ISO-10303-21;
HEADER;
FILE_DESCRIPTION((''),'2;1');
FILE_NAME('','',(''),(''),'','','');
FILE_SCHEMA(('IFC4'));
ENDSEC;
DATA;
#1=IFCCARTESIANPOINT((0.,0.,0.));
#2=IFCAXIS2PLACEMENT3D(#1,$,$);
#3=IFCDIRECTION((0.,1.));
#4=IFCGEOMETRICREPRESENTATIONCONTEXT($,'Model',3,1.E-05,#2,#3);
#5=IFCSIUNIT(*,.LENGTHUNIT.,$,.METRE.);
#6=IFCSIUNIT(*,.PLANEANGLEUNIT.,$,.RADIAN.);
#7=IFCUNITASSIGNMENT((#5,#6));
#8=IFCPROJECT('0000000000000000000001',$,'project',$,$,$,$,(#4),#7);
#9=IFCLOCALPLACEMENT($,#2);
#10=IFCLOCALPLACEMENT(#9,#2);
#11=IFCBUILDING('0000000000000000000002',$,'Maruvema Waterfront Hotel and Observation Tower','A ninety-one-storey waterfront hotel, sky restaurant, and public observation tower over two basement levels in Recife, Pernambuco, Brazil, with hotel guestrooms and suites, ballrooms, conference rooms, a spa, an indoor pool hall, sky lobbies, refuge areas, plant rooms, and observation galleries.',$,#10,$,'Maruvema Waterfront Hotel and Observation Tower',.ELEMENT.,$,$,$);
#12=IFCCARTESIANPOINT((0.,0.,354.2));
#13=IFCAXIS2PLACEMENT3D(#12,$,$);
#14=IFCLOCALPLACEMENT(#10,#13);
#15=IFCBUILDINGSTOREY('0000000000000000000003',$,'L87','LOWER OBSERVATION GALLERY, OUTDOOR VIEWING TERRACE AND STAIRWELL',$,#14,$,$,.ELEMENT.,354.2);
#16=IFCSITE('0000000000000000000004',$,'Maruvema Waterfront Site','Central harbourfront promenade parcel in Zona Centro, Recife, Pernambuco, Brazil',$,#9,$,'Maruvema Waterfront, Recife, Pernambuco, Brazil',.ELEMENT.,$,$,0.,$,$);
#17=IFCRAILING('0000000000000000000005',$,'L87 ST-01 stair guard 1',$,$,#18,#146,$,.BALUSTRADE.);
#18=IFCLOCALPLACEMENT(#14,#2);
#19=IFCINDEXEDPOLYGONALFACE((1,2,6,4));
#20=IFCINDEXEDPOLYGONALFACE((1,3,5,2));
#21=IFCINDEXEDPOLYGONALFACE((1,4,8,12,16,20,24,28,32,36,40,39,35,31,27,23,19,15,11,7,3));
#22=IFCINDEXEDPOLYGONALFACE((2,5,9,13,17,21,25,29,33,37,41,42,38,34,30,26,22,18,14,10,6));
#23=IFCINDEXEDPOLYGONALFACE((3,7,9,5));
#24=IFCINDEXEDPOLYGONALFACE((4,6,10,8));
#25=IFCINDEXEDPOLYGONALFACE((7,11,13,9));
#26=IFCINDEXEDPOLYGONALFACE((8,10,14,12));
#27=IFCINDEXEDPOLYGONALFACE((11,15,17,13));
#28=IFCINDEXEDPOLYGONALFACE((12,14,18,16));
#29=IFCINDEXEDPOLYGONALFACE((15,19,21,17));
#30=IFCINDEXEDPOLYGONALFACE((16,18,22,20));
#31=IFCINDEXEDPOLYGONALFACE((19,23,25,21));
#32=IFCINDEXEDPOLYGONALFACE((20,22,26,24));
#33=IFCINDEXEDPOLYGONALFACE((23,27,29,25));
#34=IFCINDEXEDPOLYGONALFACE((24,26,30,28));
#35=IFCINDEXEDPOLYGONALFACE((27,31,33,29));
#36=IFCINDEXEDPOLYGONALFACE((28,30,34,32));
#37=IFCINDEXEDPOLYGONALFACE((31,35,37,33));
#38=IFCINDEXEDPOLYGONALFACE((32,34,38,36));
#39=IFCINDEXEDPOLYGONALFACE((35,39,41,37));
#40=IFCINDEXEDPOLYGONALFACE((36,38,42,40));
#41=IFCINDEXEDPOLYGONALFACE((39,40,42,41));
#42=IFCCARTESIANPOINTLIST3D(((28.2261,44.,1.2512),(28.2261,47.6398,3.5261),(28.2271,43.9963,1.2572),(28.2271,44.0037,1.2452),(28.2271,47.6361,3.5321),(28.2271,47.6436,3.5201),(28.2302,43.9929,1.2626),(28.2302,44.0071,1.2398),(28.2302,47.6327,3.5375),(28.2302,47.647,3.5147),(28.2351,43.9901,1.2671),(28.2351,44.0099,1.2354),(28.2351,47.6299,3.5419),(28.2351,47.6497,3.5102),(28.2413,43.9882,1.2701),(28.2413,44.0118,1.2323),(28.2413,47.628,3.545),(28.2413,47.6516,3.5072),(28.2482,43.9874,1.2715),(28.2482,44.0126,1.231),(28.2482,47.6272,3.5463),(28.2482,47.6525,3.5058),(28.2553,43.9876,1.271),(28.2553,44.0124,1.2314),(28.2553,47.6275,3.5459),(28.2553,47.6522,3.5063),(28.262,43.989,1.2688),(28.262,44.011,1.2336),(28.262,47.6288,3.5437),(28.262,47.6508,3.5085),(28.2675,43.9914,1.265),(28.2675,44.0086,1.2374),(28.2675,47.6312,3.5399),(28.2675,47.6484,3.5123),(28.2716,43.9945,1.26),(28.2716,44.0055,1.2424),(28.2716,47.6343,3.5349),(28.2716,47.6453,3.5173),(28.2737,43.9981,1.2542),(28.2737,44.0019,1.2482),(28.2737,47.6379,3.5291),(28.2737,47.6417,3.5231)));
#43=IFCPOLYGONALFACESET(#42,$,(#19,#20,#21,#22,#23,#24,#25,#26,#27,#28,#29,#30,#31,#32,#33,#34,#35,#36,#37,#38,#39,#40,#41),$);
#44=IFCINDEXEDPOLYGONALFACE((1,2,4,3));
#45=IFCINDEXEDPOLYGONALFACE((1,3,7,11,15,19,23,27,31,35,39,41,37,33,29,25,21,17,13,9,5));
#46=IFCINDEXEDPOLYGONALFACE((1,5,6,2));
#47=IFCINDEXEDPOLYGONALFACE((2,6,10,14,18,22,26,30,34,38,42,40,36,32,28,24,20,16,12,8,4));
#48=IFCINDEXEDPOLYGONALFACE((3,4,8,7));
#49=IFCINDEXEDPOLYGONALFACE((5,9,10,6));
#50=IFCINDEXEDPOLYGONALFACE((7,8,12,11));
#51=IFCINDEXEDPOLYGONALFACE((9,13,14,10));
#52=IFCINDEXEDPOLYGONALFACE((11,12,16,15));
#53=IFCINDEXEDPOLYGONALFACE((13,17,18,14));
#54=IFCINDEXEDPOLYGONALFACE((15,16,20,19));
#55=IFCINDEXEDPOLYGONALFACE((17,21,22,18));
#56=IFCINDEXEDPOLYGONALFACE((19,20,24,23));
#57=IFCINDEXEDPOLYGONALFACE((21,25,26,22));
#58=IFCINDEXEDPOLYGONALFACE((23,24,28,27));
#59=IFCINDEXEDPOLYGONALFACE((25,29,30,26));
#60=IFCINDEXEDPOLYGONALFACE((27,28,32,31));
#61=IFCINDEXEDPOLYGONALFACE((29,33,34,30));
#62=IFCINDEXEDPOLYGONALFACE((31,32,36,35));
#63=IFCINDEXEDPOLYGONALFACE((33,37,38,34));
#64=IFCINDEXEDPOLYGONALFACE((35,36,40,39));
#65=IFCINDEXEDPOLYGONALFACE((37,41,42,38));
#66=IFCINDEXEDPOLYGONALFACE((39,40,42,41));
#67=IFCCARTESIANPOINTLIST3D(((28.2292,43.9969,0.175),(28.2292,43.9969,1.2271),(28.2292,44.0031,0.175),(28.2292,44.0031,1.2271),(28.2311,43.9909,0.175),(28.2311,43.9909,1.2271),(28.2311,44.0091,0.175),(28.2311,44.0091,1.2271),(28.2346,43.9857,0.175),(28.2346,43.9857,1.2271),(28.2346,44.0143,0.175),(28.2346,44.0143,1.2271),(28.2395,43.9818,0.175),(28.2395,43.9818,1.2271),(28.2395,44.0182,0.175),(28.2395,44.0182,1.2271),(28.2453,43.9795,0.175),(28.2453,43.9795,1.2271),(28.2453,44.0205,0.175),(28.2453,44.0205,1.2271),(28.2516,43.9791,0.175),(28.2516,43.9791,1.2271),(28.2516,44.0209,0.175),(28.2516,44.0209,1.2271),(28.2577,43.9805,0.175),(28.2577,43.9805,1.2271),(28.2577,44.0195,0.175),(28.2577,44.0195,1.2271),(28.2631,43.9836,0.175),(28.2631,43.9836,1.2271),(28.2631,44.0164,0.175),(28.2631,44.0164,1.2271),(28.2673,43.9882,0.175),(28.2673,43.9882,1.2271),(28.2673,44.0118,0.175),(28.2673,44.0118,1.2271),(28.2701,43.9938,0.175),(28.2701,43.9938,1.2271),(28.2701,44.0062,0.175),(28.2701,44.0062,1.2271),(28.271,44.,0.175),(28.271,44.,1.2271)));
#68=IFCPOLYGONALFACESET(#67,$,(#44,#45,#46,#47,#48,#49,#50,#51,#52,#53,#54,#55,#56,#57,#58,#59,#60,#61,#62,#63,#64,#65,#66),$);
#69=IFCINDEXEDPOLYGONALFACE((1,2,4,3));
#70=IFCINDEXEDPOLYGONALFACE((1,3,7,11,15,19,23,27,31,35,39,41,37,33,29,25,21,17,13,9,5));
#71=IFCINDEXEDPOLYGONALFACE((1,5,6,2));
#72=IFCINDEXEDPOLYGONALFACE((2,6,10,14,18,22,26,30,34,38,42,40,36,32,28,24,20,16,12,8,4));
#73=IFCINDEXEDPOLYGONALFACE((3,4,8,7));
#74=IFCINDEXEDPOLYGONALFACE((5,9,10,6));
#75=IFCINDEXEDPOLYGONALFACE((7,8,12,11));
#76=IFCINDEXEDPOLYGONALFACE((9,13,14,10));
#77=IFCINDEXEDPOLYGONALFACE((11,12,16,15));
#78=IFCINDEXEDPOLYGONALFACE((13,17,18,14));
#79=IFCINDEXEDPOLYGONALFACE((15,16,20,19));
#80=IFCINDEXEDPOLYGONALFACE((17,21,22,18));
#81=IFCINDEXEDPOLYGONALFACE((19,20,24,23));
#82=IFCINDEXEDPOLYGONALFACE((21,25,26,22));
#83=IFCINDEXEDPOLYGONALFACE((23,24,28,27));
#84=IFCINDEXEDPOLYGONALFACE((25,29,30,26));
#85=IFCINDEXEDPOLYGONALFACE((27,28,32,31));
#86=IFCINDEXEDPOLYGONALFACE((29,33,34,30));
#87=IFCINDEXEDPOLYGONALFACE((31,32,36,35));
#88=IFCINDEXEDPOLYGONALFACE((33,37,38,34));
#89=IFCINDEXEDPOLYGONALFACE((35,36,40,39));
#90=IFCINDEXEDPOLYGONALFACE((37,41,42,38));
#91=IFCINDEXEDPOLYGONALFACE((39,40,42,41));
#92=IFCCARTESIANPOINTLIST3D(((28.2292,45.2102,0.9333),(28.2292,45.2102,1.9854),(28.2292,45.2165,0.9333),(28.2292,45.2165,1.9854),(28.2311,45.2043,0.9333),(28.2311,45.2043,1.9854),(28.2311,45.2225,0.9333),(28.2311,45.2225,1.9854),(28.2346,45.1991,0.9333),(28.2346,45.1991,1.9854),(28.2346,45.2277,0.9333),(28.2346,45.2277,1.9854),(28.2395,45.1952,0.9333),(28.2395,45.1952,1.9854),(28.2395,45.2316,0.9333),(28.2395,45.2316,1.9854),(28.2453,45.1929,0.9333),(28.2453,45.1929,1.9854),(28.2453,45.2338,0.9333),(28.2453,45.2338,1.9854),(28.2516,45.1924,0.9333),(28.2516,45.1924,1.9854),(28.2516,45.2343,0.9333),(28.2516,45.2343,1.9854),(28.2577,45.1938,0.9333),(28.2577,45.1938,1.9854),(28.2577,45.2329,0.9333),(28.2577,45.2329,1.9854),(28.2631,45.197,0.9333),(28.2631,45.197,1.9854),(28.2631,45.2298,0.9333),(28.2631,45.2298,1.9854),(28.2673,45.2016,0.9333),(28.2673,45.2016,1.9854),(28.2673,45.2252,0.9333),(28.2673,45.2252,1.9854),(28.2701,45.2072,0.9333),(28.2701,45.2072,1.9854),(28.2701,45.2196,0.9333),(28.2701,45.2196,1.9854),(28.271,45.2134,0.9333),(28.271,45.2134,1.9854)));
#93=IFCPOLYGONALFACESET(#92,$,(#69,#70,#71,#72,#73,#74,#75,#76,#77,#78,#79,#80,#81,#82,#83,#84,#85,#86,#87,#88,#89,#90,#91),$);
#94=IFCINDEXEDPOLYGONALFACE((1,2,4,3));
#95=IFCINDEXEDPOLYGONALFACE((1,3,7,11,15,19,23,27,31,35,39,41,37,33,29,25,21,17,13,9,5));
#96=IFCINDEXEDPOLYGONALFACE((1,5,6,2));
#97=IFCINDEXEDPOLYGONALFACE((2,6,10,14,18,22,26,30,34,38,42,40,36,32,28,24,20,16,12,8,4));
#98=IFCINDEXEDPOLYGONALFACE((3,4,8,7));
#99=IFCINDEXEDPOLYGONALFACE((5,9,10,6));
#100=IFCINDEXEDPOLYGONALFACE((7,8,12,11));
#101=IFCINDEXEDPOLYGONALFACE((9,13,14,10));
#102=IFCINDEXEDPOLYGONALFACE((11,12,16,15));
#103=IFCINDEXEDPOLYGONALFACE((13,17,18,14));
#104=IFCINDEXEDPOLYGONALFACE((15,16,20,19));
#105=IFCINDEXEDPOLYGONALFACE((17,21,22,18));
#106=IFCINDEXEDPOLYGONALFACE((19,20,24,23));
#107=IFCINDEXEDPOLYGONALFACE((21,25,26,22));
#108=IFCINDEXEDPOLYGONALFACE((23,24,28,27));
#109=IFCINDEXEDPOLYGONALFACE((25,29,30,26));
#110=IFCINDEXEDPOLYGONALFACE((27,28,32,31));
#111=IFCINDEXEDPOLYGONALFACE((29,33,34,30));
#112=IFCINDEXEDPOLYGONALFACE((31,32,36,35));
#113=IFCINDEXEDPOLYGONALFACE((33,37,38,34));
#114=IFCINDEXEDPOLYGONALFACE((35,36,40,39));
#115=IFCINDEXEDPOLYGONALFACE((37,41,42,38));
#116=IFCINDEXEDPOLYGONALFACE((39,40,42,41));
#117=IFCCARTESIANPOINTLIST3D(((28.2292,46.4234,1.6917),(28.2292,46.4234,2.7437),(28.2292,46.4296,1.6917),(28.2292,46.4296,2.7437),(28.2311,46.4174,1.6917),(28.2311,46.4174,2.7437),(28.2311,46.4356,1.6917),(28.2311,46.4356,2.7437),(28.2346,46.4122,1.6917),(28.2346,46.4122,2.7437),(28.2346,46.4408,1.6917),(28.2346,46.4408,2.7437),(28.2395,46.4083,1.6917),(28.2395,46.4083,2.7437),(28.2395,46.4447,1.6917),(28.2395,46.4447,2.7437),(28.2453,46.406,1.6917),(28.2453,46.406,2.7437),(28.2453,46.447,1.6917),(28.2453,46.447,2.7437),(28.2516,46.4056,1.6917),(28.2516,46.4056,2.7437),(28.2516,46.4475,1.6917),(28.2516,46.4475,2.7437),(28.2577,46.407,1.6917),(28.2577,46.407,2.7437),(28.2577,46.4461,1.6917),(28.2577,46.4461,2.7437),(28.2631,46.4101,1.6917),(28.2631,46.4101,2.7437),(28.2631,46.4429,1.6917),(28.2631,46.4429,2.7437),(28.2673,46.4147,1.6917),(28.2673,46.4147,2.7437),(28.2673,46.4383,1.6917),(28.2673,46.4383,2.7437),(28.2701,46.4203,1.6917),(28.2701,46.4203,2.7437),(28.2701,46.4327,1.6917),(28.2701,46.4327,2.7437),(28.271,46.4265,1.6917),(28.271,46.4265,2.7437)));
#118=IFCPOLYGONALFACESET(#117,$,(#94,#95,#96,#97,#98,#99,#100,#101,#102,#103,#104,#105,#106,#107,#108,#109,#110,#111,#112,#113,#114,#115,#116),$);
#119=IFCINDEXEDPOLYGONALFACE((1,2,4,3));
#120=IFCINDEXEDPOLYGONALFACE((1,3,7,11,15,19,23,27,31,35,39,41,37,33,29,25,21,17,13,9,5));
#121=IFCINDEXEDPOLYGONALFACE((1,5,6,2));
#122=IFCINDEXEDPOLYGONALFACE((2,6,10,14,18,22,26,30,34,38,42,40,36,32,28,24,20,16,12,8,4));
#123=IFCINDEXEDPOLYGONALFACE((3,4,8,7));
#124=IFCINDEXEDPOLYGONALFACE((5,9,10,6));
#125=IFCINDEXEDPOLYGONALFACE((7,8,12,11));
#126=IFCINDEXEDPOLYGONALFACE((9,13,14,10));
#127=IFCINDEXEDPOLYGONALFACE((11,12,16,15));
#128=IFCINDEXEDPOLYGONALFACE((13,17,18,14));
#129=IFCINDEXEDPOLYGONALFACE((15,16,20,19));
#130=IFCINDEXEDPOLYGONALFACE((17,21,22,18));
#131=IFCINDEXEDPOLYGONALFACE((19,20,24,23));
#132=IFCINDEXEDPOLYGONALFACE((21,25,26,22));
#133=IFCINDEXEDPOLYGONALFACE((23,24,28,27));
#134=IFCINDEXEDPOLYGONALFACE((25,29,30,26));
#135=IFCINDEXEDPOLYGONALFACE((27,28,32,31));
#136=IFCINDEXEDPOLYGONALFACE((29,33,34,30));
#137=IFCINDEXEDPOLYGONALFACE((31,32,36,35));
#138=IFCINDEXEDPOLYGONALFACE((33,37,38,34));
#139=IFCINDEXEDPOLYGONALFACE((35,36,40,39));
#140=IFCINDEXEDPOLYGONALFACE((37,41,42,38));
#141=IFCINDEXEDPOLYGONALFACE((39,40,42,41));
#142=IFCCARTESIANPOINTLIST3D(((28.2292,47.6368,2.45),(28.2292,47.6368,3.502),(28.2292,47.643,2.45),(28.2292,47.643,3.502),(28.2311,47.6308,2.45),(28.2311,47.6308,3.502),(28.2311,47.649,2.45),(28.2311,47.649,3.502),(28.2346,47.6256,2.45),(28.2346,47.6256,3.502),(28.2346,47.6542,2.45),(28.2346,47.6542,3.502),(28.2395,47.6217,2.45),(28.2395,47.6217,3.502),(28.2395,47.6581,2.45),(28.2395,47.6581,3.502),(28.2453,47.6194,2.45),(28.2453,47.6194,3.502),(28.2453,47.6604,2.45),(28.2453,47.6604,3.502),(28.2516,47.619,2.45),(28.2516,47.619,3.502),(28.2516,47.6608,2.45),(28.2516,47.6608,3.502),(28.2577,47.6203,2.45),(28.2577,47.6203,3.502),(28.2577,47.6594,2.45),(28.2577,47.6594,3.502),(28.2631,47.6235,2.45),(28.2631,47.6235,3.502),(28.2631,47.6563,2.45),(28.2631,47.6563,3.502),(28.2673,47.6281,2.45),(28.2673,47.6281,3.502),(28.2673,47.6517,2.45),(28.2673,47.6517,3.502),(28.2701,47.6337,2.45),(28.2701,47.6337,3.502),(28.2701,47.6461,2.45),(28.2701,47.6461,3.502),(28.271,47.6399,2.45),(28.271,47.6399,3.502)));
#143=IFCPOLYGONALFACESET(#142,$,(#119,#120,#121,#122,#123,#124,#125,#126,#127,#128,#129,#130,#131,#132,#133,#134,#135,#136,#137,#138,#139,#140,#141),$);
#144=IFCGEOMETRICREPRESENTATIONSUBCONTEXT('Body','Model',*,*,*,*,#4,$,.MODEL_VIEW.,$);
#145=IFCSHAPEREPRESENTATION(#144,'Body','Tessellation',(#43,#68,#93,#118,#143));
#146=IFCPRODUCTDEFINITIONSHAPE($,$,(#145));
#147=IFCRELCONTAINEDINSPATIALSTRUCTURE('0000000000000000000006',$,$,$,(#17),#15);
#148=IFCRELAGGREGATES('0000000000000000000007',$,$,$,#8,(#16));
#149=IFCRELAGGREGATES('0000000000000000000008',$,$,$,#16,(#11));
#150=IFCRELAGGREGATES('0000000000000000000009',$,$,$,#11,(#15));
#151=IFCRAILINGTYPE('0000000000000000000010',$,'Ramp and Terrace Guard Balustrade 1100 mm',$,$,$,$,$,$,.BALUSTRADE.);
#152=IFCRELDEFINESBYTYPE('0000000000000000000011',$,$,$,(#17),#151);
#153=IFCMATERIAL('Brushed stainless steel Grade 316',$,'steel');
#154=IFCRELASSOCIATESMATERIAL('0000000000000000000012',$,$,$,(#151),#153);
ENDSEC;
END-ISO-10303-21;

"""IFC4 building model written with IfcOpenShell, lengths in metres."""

from ifc_helpers import new_model, si_unit, direction, frame, origin, origin_2d, place, context, subcontext, project, spatial, circle, extrude, material, type_object, element, save


model = new_model("IFC4")

# Units and contexts
model_context = context("Model", 3, precision=1e-05, world=origin(), true_north=direction((0.0, 1.0)))
body_context = subcontext(model_context, "Body", "Model", "MODEL_VIEW")
ifc_project = project(units=[si_unit("LENGTHUNIT", "METRE"), si_unit("PLANEANGLEUNIT", "RADIAN")], contexts=[model_context])

# Site, building, storey
site_placement = place(None, origin())
site = spatial("IfcSite", under=ifc_project, at=site_placement, Name="Maruvema Waterfront Site", Description="Central harbourfront promenade parcel in Zona Centro, Recife, Pernambuco, Brazil", LongName="Maruvema Waterfront, Recife, Pernambuco, Brazil", CompositionType="ELEMENT", RefElevation=0.0)
building_placement = place(site_placement, origin())
building = spatial("IfcBuilding", under=site, at=building_placement, Name="Maruvema Waterfront Hotel and Observation Tower", Description="A ninety-one-storey waterfront hotel, sky restaurant, and public observation tower over two basement levels in Recife, Pernambuco, Brazil, with hotel guestrooms and suites, ballrooms, conference rooms, a spa, an indoor pool hall, sky lobbies, refuge areas, plant rooms, and observation galleries.", LongName="Maruvema Waterfront Hotel and Observation Tower", CompositionType="ELEMENT")
storey_placement = place(building_placement, frame((0.0, 0.0, 354.2)))
storey = spatial("IfcBuildingStorey", under=building, at=storey_placement, Name="L87", Description="LOWER OBSERVATION GALLERY, OUTDOOR VIEWING TERRACE AND STAIRWELL", CompositionType="ELEMENT", Elevation=354.2)

# Railing
ifc_material_1 = material(Name="Brushed stainless steel Grade 316", Category="steel")
railing_type_1 = type_object("IfcRailingType", Name="Ramp and Terrace Guard Balustrade 1100 mm", PredefinedType="BALUSTRADE", material=ifc_material_1)
railing_1_placement = place(storey_placement, frame((28.25, 44.0, 0.175)))
element("IfcRailing", 1, at=railing_1_placement, inside=storey, type_object=railing_type_1, Name="L87 ST-01 stair guard 1", PredefinedType="BALUSTRADE", context=body_context, shape_type="SweptSolid", body=[
    extrude(circle(Radius=0.0239, at=origin_2d()), frame((0.0, 0.0, 1.0762), z_axis=(0.0, 0.848001, 0.529994), x_axis=(-1.0, 0.0, 0.0)), (0.0, 0.0, 1.0), 4.2922),
    extrude(circle(Radius=0.021, at=origin_2d()), origin(), (0.0, 0.0, 1.0), 1.052),
    extrude(circle(Radius=0.021, at=origin_2d()), frame((0.0, 1.2134, 0.7583)), (0.0, 0.0, 1.0), 1.052),
    extrude(circle(Radius=0.021, at=origin_2d()), frame((0.0, 2.4265, 1.5166)), (0.0, 0.0, 1.0), 1.052),
    extrude(circle(Radius=0.021, at=origin_2d()), frame((0.0, 3.6399, 2.2749)), (0.0, 0.0, 1.0), 1.052),
])

save(model, "model.ifc")
